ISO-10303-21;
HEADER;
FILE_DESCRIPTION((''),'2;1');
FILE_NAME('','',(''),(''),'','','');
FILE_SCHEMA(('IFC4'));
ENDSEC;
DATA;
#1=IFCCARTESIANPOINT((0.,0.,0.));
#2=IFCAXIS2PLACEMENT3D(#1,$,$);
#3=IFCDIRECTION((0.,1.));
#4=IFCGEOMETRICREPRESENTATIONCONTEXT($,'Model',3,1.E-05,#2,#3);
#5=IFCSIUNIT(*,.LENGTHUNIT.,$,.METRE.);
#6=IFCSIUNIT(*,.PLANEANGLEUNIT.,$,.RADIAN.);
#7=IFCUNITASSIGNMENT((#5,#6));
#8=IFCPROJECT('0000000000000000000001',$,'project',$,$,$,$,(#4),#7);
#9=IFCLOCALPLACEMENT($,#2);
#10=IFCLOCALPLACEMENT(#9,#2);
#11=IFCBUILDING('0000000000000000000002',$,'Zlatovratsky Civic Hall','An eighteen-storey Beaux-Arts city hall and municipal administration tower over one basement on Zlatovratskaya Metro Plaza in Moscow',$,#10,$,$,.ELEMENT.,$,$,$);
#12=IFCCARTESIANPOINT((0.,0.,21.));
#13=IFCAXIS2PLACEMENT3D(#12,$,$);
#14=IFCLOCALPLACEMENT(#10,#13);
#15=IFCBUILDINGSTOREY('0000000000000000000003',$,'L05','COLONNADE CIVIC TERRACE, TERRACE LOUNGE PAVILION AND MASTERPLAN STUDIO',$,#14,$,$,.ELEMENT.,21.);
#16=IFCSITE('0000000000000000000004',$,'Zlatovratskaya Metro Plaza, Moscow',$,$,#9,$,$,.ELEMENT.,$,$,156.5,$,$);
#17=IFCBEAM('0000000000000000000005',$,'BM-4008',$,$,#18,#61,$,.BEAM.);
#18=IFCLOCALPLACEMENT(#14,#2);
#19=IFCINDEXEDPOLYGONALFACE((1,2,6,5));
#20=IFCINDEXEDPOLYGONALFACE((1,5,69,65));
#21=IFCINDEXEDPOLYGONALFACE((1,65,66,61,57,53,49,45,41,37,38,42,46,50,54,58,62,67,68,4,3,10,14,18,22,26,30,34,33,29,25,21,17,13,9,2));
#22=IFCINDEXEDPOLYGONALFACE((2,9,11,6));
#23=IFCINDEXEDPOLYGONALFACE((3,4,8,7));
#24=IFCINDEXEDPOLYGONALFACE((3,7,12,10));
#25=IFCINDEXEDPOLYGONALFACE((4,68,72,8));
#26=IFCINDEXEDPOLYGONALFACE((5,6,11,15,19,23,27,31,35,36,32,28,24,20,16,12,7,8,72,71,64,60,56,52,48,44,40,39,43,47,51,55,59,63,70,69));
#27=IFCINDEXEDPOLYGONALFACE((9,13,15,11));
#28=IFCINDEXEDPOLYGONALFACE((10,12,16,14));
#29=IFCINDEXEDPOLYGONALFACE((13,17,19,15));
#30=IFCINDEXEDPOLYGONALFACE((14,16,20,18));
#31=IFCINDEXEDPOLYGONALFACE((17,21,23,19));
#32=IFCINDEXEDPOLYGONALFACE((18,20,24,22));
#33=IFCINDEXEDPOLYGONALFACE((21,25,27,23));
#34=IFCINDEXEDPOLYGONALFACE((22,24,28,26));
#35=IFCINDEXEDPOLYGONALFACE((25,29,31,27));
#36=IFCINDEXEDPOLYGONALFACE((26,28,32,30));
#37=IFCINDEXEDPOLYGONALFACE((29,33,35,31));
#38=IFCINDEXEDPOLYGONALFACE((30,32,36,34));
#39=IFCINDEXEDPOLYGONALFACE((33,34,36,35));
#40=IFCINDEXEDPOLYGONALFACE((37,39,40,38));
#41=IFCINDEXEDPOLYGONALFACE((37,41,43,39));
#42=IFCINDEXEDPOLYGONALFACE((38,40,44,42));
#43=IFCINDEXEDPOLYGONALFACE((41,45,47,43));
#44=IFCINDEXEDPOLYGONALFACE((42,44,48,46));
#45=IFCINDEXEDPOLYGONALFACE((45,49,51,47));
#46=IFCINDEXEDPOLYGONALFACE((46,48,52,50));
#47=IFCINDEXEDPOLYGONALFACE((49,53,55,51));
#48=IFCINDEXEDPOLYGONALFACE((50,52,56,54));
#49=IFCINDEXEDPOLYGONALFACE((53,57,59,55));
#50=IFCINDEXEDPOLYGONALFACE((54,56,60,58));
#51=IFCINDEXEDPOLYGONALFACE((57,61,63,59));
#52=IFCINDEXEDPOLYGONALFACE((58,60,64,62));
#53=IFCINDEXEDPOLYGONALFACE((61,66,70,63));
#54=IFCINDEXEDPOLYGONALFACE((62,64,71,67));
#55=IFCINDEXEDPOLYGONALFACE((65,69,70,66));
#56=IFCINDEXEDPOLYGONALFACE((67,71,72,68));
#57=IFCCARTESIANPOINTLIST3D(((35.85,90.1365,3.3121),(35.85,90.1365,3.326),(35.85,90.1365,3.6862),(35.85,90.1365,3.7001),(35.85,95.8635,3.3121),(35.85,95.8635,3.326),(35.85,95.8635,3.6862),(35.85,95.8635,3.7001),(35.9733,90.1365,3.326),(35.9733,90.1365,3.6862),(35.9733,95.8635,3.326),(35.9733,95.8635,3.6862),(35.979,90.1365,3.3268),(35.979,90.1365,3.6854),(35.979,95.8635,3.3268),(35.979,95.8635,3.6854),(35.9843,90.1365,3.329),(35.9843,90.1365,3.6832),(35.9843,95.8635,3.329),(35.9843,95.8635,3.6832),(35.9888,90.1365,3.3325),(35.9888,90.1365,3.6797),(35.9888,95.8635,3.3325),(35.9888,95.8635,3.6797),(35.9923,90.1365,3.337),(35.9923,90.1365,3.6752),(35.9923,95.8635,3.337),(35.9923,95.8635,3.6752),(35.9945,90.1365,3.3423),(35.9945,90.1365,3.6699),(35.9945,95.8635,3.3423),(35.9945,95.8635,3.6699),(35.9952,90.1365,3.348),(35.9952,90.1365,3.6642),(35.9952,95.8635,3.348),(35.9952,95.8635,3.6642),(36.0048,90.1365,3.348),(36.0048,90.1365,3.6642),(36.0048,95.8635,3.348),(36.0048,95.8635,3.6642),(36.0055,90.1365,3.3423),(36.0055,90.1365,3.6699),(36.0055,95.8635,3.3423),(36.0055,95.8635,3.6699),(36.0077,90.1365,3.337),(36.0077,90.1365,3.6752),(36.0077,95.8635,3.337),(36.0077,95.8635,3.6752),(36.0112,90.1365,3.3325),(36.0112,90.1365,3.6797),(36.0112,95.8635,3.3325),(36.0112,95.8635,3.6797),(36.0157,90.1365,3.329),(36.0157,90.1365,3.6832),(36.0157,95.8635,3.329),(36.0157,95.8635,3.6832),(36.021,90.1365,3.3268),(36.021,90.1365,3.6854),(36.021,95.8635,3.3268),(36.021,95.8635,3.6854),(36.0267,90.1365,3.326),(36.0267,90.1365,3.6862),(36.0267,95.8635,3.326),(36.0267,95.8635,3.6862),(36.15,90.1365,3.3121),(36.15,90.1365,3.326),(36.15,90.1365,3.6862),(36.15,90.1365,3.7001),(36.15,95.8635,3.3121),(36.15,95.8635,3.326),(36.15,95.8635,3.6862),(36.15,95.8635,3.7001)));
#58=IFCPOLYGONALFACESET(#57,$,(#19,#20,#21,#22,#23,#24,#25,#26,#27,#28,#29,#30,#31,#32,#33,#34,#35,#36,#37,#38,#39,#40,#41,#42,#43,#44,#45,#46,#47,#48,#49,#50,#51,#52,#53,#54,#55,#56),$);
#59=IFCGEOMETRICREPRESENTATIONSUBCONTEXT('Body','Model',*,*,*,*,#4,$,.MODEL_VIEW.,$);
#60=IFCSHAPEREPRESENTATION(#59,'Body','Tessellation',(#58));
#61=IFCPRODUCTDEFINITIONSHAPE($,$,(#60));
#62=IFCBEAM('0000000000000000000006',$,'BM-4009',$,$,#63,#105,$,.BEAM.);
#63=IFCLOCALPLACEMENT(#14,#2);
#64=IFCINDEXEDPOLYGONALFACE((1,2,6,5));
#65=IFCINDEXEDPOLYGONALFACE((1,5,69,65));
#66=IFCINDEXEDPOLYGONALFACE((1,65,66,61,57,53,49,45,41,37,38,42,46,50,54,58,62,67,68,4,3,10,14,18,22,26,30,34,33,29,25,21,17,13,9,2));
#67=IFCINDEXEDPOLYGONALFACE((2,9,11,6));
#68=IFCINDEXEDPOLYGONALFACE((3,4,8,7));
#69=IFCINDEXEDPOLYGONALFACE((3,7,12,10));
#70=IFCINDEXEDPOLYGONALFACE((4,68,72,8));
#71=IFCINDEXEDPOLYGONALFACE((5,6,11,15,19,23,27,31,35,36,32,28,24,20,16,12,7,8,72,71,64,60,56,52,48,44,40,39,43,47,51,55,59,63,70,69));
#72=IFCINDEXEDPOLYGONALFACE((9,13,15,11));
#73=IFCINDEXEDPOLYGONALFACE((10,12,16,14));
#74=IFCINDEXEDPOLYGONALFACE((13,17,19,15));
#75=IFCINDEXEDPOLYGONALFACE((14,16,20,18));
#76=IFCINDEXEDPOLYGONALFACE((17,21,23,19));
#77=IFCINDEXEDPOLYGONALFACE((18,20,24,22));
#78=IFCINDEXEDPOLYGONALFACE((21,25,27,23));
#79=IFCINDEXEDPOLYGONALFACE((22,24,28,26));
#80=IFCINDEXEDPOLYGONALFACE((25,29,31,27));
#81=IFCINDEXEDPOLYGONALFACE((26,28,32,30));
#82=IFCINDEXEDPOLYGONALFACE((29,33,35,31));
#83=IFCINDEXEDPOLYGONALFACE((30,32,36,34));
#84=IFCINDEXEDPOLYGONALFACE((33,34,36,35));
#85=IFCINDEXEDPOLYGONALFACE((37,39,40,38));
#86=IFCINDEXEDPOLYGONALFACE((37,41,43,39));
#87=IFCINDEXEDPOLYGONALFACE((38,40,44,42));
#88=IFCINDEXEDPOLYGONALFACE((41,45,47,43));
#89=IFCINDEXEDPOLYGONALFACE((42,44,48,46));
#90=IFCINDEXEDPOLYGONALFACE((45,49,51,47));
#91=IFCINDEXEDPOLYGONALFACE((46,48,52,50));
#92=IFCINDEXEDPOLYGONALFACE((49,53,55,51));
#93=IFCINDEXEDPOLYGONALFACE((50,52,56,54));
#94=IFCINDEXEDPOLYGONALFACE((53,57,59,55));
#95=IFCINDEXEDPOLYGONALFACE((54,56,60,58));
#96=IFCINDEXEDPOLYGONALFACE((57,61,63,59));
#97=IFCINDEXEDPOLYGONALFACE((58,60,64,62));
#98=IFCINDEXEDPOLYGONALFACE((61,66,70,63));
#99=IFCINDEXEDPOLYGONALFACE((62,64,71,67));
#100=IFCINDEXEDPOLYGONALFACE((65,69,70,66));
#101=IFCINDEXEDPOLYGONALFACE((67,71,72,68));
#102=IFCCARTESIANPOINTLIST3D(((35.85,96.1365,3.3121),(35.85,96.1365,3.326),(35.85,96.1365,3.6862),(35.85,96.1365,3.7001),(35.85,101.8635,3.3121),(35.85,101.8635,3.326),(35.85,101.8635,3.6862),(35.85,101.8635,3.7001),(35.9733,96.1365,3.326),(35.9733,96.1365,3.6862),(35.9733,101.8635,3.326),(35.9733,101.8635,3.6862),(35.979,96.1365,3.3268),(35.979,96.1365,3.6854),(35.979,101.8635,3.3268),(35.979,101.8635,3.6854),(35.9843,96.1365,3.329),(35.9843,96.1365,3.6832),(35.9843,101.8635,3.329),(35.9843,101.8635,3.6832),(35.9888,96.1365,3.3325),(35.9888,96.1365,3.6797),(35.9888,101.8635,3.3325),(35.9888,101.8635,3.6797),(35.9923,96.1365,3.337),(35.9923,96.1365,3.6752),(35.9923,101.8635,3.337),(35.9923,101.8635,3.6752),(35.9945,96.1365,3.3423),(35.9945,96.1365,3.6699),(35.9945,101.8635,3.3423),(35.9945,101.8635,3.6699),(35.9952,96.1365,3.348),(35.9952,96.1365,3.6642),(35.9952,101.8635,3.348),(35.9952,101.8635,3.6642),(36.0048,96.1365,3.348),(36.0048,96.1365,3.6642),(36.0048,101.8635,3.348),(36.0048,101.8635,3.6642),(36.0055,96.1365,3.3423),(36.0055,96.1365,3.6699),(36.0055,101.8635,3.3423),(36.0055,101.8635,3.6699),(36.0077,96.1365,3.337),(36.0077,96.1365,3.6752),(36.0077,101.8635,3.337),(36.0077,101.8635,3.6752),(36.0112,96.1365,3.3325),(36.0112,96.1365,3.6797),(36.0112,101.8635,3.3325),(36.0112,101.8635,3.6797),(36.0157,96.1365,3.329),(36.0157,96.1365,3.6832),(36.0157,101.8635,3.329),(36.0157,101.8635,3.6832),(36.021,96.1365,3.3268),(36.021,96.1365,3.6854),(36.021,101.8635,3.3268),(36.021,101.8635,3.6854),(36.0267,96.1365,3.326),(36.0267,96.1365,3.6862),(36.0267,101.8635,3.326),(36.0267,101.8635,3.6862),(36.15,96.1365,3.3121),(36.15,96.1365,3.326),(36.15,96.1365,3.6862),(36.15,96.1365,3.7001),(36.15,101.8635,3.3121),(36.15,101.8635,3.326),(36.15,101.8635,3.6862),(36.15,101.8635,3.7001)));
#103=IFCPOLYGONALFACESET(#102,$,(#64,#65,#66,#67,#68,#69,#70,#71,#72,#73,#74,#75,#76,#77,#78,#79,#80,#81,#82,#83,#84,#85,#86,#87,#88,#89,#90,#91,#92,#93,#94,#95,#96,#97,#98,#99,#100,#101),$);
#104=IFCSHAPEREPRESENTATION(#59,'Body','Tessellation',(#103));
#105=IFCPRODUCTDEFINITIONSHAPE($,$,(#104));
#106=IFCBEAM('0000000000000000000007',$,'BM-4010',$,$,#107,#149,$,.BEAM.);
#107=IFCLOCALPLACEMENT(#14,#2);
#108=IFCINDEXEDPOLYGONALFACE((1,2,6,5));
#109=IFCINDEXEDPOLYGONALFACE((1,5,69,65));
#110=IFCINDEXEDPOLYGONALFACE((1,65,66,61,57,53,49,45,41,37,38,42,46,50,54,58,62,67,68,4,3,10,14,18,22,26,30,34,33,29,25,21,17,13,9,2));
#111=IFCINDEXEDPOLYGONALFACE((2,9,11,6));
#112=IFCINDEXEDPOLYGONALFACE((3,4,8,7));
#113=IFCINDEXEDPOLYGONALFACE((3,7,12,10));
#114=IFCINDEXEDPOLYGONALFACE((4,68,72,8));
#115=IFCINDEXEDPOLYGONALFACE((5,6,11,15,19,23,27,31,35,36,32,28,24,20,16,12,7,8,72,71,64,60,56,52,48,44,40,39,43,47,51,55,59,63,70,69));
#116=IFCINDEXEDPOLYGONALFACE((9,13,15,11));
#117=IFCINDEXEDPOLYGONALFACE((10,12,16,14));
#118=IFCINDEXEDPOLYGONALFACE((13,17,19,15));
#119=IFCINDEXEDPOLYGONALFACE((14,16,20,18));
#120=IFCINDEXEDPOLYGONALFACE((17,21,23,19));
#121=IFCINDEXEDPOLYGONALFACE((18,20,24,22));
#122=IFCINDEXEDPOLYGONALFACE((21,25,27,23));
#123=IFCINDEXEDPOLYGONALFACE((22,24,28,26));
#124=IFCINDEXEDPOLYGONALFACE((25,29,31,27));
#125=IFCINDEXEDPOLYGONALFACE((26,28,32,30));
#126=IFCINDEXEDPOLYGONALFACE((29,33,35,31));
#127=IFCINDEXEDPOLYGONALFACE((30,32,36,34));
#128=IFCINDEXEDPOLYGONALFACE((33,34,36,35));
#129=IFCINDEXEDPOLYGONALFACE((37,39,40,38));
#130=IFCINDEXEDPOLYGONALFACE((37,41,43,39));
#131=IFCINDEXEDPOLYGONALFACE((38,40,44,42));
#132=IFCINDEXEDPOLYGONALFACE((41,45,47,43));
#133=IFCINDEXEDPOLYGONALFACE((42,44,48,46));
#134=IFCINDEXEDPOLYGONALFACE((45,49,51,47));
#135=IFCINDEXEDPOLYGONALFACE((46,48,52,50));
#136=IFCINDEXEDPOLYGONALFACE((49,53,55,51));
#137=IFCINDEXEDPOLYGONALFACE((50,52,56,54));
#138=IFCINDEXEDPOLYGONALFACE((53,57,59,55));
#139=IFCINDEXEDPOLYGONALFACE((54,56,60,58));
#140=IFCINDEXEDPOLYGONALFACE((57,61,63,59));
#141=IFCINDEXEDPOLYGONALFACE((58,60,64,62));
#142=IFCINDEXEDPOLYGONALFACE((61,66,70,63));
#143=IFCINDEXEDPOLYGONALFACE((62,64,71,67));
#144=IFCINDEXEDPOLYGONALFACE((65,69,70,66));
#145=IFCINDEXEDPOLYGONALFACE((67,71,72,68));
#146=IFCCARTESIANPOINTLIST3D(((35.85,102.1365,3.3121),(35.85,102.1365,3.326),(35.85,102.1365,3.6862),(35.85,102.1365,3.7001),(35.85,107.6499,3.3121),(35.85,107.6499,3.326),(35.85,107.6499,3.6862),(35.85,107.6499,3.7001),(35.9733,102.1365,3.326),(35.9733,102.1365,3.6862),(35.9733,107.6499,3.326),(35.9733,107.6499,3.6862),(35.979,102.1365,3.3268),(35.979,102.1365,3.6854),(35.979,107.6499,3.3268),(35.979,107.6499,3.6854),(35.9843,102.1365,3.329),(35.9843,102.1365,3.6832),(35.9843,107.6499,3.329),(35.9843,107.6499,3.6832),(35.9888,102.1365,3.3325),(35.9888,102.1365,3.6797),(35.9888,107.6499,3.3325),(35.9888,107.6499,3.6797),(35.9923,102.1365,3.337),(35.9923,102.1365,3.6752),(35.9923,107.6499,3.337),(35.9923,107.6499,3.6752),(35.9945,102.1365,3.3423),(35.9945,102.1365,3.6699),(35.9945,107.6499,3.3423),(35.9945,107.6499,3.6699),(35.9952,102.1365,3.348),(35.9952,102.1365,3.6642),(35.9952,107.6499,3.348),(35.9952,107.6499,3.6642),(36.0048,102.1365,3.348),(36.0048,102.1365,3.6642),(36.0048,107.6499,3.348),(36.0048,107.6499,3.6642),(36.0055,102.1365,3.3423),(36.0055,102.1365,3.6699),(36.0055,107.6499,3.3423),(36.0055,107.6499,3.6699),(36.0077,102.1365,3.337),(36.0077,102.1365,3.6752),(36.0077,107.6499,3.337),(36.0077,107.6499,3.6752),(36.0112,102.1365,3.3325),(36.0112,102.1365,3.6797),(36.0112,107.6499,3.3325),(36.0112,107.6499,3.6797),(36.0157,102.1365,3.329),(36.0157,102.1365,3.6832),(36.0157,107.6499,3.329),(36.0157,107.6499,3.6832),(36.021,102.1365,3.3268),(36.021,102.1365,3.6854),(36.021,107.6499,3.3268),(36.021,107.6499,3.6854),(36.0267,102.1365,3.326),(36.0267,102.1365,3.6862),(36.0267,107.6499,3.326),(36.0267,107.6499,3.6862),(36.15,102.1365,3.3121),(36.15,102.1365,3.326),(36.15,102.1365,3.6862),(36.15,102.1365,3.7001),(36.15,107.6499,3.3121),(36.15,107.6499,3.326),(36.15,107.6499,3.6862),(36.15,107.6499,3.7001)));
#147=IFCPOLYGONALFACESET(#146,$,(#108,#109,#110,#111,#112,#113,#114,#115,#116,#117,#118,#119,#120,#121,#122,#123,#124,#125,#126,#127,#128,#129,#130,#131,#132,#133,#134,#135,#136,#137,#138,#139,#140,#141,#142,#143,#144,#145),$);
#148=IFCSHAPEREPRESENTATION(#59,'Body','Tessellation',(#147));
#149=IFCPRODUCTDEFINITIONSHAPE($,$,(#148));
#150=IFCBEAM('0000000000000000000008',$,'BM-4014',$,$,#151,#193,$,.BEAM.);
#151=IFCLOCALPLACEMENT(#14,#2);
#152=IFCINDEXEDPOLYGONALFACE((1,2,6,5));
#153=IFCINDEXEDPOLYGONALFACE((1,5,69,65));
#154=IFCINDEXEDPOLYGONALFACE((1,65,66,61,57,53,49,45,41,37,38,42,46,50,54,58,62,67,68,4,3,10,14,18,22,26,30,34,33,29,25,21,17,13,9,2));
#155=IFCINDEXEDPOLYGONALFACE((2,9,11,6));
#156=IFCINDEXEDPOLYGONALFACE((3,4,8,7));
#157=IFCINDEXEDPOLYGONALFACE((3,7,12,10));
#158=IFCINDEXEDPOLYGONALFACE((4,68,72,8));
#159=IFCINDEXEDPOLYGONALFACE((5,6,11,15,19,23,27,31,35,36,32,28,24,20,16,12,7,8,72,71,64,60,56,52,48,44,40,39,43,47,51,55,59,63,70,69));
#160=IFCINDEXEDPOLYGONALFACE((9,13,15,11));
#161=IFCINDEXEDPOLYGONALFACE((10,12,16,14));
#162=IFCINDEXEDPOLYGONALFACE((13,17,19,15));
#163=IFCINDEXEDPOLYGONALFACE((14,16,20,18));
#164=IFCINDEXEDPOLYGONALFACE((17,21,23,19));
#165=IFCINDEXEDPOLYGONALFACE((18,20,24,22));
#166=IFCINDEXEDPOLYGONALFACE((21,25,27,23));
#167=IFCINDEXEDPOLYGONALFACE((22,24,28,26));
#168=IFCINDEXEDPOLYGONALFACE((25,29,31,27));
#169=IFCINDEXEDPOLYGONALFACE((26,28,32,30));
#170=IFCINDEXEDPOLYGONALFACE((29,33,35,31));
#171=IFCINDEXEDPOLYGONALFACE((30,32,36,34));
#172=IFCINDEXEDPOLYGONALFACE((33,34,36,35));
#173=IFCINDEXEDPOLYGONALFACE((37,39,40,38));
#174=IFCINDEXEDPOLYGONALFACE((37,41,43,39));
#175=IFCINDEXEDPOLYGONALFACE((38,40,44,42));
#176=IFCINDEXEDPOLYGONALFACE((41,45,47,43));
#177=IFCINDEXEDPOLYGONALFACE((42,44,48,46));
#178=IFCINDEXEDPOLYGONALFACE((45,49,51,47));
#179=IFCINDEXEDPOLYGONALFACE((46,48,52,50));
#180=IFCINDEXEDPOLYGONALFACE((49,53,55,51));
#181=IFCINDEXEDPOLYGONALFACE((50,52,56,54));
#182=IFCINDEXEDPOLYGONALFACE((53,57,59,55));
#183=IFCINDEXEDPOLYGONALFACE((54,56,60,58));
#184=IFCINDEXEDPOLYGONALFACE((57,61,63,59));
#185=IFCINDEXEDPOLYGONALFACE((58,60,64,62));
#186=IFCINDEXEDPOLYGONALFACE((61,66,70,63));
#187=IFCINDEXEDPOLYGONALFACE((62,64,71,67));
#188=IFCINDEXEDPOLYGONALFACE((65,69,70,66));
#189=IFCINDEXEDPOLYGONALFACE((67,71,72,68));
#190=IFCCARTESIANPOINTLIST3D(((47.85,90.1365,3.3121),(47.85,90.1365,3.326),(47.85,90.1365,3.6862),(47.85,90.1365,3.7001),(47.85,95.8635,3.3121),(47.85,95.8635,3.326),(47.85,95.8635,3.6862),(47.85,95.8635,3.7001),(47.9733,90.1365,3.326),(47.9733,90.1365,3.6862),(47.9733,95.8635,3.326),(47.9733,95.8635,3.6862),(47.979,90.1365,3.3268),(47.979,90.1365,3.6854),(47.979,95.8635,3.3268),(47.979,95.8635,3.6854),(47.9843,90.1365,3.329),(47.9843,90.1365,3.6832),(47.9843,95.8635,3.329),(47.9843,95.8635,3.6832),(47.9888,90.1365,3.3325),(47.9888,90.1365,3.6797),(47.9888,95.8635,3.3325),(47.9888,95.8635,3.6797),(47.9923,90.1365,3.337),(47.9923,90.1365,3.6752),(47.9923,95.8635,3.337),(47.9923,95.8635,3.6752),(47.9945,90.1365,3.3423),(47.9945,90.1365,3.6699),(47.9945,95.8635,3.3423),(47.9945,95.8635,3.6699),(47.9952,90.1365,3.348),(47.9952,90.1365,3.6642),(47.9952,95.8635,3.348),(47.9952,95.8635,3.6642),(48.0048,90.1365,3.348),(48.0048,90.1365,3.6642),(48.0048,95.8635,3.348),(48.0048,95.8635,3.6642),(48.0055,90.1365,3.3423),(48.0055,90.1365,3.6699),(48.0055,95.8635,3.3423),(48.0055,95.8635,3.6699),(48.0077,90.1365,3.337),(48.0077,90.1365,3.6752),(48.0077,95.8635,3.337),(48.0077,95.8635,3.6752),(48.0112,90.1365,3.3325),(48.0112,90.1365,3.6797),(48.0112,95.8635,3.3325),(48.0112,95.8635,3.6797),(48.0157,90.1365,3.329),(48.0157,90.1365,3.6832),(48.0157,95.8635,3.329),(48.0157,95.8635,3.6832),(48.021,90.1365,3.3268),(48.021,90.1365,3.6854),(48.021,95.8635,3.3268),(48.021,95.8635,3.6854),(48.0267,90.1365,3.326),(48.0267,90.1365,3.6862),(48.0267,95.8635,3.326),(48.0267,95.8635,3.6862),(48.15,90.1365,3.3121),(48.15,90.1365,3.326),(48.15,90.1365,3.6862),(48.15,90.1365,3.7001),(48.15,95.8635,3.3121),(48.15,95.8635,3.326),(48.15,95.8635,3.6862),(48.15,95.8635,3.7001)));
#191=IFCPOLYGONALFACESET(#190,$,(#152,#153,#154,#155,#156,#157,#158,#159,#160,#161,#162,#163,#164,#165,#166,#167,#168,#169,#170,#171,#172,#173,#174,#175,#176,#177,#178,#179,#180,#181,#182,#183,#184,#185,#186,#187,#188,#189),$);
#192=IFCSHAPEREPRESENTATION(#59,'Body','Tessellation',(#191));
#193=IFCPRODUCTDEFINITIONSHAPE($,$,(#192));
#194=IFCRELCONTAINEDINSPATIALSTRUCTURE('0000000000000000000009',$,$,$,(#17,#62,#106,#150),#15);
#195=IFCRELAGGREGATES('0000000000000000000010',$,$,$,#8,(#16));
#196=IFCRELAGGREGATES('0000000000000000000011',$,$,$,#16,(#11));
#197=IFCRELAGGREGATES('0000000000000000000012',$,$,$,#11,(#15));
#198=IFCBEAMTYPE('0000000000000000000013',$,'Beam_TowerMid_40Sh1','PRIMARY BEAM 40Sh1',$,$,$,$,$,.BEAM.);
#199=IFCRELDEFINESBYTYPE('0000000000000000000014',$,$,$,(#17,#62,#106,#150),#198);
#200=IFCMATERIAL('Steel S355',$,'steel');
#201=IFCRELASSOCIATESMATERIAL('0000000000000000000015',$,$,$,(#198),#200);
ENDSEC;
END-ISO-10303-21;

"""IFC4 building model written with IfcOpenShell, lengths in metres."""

from ifc_helpers import new_model, si_unit, direction, frame, origin, origin_2d, place, context, subcontext, project, spatial, i_section, extrude, material, material_profile, profile_set, type_object, element, save


model = new_model("IFC4")

# Units and contexts
model_context = context("Model", 3, precision=1e-05, world=origin(), true_north=direction((0.0, 1.0)))
body_context = subcontext(model_context, "Body", "Model", "MODEL_VIEW")
ifc_project = project(units=[si_unit("LENGTHUNIT", "METRE"), si_unit("PLANEANGLEUNIT", "RADIAN")], contexts=[model_context])

# Site, building, storey
site_placement = place(None, origin())
site = spatial("IfcSite", under=ifc_project, at=site_placement, Name="Zlatovratskaya Metro Plaza, Moscow", CompositionType="ELEMENT", RefElevation=156.5)
building_placement = place(site_placement, origin())
building = spatial("IfcBuilding", under=site, at=building_placement, Name="Zlatovratsky Civic Hall", Description="An eighteen-storey Beaux-Arts city hall and municipal administration tower over one basement on Zlatovratskaya Metro Plaza in Moscow", CompositionType="ELEMENT")
storey_placement = place(building_placement, frame((0.0, 0.0, 21.0)))
storey = spatial("IfcBuildingStorey", under=building, at=storey_placement, Name="L05", Description="COLONNADE CIVIC TERRACE, TERRACE LOUNGE PAVILION AND MASTERPLAN STUDIO", CompositionType="ELEMENT", Elevation=21.0)

# Shared definitions
ifc_material_1 = material(Name="Steel S355", Category="steel")

# Beams
ifc_material_profile_1 = material_profile(ifc_material_1, i_section(OverallWidth=0.3, OverallDepth=0.3879, WebThickness=0.0095, FlangeThickness=0.0139, FilletRadius=0.022, at=origin_2d()), Name="40Sh1")
ifc_profile_set_1 = profile_set([ifc_material_profile_1], Name="Steel S355")
beam_type_1 = type_object("IfcBeamType", Name="Beam_TowerMid_40Sh1", Description="PRIMARY BEAM 40Sh1", PredefinedType="BEAM", material=ifc_profile_set_1)
for number, where, z_axis, x_axis, name in (
    (1, (36.0, 90.1365, 3.5061), (0.0, 1.0, 0.0), (-1.0, 0.0, 0.0), "BM-4008"),
    (2, (36.0, 96.1365, 3.5061), (0.0, 1.0, 0.0), (-1.0, 0.0, 0.0), "BM-4009"),
):
    element("IfcBeam", number, at=place(storey_placement, frame(where, z_axis=z_axis, x_axis=x_axis)), inside=storey, type_object=beam_type_1, Name=name, PredefinedType="BEAM", context=body_context, shape_type="SweptSolid", body=[
        extrude(i_section(OverallWidth=0.3, OverallDepth=0.3879, WebThickness=0.0095, FlangeThickness=0.0139, FilletRadius=0.022, at=origin_2d()), origin(), (0.0, 0.0, 1.0), 5.7271),
    ])
beam_1_placement = place(storey_placement, frame((36.0, 102.1365, 3.5061), z_axis=(0.0, 1.0, 0.0), x_axis=(-1.0, 0.0, 0.0)))
element("IfcBeam", 3, at=beam_1_placement, inside=storey, type_object=beam_type_1, Name="BM-4010", PredefinedType="BEAM", context=body_context, shape_type="SweptSolid", body=[
    extrude(i_section(OverallWidth=0.3, OverallDepth=0.3879, WebThickness=0.0095, FlangeThickness=0.0139, FilletRadius=0.022, at=origin_2d()), origin(), (0.0, 0.0, 1.0), 5.5134),
])
for number, where, z_axis, x_axis, name in (
    (4, (48.0, 90.1365, 3.5061), (0.0, 1.0, 0.0), (-1.0, 0.0, 0.0), "BM-4014"),
):
    element("IfcBeam", number, at=place(storey_placement, frame(where, z_axis=z_axis, x_axis=x_axis)), inside=storey, type_object=beam_type_1, Name=name, PredefinedType="BEAM", context=body_context, shape_type="SweptSolid", body=[
        extrude(i_section(OverallWidth=0.3, OverallDepth=0.3879, WebThickness=0.0095, FlangeThickness=0.0139, FilletRadius=0.022, at=origin_2d()), origin(), (0.0, 0.0, 1.0), 5.7271),
    ])

save(model, "model.ifc")
